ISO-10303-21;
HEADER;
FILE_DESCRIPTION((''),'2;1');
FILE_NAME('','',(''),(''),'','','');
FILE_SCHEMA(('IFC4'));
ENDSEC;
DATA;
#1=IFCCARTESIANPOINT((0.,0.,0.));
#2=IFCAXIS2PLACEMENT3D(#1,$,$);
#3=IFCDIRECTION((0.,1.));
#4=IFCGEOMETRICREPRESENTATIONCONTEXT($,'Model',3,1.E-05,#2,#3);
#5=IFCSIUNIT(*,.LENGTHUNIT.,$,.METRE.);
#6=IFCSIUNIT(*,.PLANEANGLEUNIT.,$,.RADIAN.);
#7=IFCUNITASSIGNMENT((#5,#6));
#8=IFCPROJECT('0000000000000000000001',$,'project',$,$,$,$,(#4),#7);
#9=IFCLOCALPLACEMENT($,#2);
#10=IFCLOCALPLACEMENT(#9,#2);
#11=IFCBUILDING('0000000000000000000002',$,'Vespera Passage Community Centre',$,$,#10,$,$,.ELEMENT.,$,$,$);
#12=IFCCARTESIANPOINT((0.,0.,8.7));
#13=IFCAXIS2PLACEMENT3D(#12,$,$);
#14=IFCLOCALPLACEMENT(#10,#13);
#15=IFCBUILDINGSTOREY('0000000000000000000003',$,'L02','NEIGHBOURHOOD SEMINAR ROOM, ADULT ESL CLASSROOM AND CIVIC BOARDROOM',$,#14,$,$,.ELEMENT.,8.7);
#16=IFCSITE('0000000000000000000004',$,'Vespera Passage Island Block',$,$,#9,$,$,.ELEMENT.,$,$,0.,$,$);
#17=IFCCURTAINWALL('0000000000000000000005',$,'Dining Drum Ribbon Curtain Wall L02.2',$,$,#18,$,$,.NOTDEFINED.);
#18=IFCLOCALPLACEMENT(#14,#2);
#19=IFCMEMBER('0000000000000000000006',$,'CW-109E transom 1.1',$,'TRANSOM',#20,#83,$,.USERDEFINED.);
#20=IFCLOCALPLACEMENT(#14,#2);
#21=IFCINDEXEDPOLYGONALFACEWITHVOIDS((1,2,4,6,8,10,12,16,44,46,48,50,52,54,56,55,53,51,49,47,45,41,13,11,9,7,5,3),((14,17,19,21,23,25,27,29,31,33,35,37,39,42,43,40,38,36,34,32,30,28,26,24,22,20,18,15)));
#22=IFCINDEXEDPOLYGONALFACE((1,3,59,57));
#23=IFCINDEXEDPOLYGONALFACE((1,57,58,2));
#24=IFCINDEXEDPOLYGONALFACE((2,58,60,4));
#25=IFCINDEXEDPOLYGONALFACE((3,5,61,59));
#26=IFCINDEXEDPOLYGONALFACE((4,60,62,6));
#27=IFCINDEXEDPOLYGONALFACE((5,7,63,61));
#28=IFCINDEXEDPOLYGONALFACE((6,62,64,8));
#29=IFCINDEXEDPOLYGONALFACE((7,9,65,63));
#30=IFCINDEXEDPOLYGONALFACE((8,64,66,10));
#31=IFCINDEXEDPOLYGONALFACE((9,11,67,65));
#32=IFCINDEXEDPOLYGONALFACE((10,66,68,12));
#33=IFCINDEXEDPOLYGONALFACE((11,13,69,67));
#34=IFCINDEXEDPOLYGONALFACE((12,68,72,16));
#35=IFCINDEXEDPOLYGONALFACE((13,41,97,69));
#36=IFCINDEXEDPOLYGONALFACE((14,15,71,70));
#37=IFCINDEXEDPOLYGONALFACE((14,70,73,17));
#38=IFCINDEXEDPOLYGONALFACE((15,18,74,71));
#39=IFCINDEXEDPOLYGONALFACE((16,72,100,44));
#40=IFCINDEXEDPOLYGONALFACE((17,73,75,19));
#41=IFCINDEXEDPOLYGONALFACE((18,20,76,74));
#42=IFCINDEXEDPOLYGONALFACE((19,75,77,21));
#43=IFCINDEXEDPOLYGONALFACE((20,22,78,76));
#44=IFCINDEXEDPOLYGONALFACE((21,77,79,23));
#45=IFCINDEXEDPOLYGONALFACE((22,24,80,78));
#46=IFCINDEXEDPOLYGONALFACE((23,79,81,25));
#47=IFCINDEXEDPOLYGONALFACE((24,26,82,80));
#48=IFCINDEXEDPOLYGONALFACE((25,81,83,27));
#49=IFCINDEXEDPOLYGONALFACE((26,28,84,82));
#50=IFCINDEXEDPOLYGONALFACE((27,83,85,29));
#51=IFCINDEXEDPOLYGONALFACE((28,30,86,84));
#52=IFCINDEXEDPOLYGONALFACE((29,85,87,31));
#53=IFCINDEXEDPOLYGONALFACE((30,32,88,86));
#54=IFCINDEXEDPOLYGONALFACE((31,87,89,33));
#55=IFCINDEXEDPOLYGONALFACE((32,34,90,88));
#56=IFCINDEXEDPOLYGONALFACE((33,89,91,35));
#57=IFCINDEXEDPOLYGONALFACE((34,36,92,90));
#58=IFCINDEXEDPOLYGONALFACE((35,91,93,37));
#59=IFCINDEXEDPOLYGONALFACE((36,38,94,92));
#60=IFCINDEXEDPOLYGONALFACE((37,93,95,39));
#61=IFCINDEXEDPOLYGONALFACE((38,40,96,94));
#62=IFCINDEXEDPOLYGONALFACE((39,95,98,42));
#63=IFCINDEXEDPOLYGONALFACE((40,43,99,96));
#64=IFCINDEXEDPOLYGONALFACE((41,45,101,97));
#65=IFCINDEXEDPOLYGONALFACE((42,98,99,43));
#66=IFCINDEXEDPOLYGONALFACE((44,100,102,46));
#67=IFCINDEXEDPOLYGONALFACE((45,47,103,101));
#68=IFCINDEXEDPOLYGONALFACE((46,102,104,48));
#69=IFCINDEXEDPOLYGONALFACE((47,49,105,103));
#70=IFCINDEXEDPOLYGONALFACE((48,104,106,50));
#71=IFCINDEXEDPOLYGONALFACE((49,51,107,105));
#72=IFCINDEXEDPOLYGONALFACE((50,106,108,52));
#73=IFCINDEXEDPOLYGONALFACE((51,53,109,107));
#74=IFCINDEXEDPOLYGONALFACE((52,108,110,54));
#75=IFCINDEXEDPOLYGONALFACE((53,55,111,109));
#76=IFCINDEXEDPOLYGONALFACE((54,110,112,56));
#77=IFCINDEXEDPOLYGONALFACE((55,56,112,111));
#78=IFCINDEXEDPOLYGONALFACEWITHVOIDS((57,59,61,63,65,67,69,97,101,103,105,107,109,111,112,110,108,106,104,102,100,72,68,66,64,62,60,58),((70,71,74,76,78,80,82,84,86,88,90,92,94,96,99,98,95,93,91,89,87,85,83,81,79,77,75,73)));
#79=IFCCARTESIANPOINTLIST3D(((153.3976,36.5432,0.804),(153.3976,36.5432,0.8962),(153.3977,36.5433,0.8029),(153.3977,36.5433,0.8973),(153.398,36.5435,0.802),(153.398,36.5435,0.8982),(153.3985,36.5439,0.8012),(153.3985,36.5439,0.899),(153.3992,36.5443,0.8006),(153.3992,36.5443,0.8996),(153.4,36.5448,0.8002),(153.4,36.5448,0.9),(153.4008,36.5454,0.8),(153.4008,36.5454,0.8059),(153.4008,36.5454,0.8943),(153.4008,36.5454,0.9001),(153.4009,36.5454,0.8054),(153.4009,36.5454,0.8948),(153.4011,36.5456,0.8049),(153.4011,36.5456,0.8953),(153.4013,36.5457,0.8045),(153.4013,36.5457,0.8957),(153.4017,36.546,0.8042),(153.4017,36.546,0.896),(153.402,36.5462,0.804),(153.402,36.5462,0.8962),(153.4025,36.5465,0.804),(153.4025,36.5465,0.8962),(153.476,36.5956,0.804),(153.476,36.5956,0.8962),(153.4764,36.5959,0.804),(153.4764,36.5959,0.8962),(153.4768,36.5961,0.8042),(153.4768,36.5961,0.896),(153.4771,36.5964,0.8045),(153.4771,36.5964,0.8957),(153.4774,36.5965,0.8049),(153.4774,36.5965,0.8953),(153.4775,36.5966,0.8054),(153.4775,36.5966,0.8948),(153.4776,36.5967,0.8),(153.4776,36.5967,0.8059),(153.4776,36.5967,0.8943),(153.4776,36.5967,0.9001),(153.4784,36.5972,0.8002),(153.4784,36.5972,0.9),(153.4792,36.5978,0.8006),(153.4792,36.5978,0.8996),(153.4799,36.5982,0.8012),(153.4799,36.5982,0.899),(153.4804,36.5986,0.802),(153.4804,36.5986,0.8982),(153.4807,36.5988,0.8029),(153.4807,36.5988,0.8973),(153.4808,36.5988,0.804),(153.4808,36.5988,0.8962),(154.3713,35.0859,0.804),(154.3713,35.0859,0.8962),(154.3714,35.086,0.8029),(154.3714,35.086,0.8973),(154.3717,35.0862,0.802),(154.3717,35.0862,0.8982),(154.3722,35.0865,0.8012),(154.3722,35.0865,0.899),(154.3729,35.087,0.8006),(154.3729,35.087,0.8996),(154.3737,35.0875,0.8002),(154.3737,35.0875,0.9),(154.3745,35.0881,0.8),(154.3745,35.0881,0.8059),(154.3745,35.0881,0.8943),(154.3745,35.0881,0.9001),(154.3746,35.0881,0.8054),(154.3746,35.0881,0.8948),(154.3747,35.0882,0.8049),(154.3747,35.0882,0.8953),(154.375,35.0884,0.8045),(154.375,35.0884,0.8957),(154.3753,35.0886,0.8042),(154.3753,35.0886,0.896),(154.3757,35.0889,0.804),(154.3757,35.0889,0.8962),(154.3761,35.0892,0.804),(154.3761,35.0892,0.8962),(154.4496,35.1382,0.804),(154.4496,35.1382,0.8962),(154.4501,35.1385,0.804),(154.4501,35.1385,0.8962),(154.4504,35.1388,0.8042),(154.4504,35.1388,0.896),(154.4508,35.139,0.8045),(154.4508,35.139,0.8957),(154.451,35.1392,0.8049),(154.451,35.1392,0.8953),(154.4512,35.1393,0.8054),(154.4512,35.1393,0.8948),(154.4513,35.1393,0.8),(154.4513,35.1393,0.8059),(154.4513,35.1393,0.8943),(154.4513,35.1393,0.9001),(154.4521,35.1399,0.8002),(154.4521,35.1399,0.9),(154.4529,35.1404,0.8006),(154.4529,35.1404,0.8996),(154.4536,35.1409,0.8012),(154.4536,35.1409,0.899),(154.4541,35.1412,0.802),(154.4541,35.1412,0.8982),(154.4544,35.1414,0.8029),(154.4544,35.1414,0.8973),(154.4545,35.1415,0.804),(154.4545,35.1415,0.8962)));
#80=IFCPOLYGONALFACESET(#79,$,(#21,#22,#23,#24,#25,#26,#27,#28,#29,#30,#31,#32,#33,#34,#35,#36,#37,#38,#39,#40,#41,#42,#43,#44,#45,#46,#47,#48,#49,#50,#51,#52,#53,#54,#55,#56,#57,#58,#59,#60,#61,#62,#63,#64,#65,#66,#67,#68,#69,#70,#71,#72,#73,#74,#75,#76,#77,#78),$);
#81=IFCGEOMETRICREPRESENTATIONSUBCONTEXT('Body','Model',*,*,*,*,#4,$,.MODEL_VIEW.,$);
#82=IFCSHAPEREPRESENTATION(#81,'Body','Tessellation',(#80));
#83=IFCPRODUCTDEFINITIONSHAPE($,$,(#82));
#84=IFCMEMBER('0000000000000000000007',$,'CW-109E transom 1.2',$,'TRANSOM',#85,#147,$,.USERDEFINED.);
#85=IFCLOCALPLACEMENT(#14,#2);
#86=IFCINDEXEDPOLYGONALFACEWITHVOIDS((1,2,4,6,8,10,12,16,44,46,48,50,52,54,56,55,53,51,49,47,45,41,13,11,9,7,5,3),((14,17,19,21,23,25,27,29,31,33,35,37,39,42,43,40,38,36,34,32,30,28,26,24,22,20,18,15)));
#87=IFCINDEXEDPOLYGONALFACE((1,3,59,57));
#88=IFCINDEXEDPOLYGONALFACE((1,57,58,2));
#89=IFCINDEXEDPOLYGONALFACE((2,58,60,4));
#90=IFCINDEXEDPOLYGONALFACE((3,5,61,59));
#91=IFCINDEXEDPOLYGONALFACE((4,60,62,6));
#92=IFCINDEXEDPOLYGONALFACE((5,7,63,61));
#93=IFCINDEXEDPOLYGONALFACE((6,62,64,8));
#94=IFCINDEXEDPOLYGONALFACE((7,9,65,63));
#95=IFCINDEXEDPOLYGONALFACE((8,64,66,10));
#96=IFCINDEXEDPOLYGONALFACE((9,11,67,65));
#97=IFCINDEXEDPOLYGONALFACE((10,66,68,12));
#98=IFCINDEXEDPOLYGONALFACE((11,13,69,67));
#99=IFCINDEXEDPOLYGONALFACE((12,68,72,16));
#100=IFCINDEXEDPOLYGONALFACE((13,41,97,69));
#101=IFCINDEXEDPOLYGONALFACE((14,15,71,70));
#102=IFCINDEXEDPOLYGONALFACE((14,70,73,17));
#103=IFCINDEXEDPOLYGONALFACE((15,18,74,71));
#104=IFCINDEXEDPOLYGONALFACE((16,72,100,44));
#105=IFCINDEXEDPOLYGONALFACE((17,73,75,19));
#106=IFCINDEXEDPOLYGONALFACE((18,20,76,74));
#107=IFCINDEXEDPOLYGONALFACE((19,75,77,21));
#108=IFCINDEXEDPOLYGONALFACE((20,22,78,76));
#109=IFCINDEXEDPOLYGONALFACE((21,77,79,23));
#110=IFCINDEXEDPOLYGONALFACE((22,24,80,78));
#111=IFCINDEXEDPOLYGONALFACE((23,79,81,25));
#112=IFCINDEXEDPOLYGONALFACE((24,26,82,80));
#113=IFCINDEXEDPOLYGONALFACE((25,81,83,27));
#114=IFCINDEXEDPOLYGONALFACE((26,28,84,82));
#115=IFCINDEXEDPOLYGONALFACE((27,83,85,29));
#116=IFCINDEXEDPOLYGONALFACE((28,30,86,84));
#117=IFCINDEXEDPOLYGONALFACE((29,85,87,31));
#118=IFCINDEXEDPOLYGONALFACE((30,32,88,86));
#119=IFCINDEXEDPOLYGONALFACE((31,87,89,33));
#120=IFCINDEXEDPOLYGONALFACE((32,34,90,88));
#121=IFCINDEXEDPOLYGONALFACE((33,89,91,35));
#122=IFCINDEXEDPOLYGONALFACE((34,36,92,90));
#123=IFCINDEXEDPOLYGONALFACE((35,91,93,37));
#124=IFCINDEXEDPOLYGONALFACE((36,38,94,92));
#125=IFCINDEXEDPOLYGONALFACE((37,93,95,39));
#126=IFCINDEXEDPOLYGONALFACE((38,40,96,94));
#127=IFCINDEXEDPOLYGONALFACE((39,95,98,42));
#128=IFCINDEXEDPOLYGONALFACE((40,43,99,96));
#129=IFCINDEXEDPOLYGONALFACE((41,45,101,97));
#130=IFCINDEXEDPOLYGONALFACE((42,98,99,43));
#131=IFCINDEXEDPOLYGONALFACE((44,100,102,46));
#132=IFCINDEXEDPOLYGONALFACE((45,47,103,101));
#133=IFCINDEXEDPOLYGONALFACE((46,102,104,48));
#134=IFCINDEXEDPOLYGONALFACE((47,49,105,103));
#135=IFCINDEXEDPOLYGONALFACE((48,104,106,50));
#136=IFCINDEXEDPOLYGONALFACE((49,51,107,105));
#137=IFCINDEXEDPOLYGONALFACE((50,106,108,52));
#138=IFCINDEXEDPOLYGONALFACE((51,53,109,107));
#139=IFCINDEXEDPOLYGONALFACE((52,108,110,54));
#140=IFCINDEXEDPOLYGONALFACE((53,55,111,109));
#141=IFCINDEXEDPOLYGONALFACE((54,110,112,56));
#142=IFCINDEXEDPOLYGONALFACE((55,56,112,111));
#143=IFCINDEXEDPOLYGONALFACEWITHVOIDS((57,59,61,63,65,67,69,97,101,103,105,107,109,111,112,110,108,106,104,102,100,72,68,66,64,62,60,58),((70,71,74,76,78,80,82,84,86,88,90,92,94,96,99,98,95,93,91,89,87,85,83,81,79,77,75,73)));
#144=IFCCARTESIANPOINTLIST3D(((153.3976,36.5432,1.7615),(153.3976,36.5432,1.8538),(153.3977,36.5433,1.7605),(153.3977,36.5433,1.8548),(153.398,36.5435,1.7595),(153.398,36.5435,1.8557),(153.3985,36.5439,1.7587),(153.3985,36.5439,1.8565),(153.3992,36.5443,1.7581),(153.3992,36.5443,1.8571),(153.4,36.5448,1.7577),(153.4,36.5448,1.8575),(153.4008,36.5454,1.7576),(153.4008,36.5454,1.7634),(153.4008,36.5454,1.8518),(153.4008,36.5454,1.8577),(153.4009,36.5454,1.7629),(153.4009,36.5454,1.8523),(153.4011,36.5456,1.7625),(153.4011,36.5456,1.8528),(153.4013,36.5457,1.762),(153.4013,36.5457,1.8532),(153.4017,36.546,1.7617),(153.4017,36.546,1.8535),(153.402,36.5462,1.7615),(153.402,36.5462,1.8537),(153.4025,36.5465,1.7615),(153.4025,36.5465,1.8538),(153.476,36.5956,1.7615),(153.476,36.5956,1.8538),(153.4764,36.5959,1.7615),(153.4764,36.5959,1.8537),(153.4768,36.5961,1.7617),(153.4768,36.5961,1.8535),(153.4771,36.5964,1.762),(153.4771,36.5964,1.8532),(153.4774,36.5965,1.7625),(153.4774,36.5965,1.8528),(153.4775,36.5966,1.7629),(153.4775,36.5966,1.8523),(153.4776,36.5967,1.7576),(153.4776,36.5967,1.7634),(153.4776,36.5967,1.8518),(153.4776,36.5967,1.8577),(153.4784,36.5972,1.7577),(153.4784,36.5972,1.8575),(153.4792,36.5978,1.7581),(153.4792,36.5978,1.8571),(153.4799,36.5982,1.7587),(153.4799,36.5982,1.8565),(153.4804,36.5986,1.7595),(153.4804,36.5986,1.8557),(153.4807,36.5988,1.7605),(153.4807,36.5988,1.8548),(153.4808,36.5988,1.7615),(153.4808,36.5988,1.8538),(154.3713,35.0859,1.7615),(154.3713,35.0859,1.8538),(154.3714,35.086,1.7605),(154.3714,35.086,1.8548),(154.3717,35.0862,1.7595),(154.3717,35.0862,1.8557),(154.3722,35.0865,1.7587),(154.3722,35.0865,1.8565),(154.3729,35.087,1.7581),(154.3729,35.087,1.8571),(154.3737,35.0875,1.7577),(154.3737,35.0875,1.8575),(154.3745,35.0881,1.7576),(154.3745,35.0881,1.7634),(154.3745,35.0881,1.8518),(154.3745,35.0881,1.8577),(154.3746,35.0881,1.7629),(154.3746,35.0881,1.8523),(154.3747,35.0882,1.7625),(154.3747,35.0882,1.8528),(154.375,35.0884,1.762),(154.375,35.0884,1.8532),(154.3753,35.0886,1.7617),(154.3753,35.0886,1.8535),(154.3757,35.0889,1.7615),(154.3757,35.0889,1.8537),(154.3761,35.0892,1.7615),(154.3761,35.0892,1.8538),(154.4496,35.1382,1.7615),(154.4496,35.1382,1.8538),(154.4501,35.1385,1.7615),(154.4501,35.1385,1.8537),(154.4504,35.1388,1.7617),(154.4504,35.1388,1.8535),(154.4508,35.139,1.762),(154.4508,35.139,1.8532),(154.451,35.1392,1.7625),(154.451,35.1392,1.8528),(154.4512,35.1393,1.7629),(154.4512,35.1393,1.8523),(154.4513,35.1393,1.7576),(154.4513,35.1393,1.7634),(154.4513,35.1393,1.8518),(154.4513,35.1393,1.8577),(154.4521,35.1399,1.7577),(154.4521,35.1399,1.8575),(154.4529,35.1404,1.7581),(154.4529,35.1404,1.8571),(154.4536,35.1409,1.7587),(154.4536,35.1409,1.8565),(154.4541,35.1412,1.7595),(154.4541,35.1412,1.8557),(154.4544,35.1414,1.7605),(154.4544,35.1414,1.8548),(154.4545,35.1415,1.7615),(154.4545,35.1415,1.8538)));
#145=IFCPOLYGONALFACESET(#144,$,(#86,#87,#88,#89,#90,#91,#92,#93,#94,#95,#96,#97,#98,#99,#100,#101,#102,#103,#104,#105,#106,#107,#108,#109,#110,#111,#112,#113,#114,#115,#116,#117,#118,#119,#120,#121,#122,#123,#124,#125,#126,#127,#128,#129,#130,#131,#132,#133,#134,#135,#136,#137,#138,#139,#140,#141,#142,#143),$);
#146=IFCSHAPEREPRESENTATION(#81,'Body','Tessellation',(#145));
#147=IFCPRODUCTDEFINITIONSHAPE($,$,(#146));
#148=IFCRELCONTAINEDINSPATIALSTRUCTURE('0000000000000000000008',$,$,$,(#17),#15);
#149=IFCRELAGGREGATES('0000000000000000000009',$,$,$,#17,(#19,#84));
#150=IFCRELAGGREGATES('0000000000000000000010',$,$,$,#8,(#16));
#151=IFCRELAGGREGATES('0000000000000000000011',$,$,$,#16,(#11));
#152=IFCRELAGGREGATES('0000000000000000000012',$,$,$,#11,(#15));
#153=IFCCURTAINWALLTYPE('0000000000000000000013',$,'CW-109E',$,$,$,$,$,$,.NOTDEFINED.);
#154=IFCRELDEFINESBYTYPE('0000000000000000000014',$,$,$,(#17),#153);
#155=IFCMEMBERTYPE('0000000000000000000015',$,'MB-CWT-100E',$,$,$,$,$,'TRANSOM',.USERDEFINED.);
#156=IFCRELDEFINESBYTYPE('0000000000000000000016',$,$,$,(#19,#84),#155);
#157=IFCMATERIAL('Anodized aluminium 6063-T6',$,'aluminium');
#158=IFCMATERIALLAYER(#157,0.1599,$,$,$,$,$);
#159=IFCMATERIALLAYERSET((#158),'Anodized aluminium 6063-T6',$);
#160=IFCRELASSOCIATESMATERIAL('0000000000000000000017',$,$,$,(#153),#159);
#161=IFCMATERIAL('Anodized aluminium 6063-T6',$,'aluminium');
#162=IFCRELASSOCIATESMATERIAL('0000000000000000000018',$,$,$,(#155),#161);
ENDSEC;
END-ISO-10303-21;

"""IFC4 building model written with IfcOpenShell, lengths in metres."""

from ifc_helpers import new_model, si_unit, direction, frame, origin, origin_2d, place, context, subcontext, project, spatial, hollow_rectangle, extrude, material, layer, layer_set, material_profile, profile_set, type_object, element, aggregate, save


model = new_model("IFC4")

# Units and contexts
model_context = context("Model", 3, precision=1e-05, world=origin(), true_north=direction((0.0, 1.0)))
body_context = subcontext(model_context, "Body", "Model", "MODEL_VIEW")
ifc_project = project(units=[si_unit("LENGTHUNIT", "METRE"), si_unit("PLANEANGLEUNIT", "RADIAN")], contexts=[model_context])

# Site, building, storey
site_placement = place(None, origin())
site = spatial("IfcSite", under=ifc_project, at=site_placement, Name="Vespera Passage Island Block", CompositionType="ELEMENT", RefElevation=0.0)
building_placement = place(site_placement, origin())
building = spatial("IfcBuilding", under=site, at=building_placement, Name="Vespera Passage Community Centre", CompositionType="ELEMENT")
storey_placement = place(building_placement, frame((0.0, 0.0, 8.7)))
storey = spatial("IfcBuildingStorey", under=building, at=storey_placement, Name="L02", Description="NEIGHBOURHOOD SEMINAR ROOM, ADULT ESL CLASSROOM AND CIVIC BOARDROOM", CompositionType="ELEMENT", Elevation=8.7)

# Curtain wall
ifc_material_1 = material(Name="Anodized aluminium 6063-T6", Category="aluminium")
ifc_layer_1 = layer(ifc_material_1, 0.1599)
ifc_layer_set_1 = layer_set([ifc_layer_1], Name="Anodized aluminium 6063-T6")
curtain_wall_type_1 = type_object("IfcCurtainWallType", Name="CW-109E", PredefinedType="NOTDEFINED", material=ifc_layer_set_1)
curtain_wall_1_placement = place(storey_placement, origin())
curtain_wall_1 = element("IfcCurtainWall", 1, at=curtain_wall_1_placement, inside=storey, type_object=curtain_wall_type_1, Name="Dining Drum Ribbon Curtain Wall L02.2", PredefinedType="NOTDEFINED")

# Members
ifc_material_2 = material(Name="Anodized aluminium 6063-T6", Category="aluminium")
ifc_material_profile_1 = material_profile(ifc_material_2, hollow_rectangle(XDim=0.1001, YDim=0.1001, WallThickness=0.0039, InnerFilletRadius=0.002, OuterFilletRadius=0.0039, at=origin_2d()), Name="ALU100X100X4")
ifc_profile_set_1 = profile_set([ifc_material_profile_1], Name="Anodized aluminium 6063-T6")
member_type_1 = type_object("IfcMemberType", Name="MB-CWT-100E", ElementType="TRANSOM", PredefinedType="USERDEFINED", material=ifc_profile_set_1)
member_1_placement = place(storey_placement, frame((153.4392, 36.571, 0.8501), z_axis=(0.555536, -0.831493, 0.0), x_axis=(0.831493, 0.555536, 0.0)))
member_1 = element("IfcMember", 2, at=member_1_placement, type_object=member_type_1, Name="CW-109E transom 1.1", ObjectType="TRANSOM", PredefinedType="USERDEFINED", context=body_context, shape_type="SweptSolid", body=[
    extrude(hollow_rectangle(XDim=0.1001, YDim=0.1001, WallThickness=0.0039, InnerFilletRadius=0.002, OuterFilletRadius=0.0039, at=origin_2d()), origin(), (0.0, 0.0, 1.0), 1.7527),
])
member_2_placement = place(storey_placement, frame((153.4392, 36.571, 1.8076), z_axis=(0.555536, -0.831493, 0.0), x_axis=(0.831493, 0.555536, 0.0)))
member_2 = element("IfcMember", 3, at=member_2_placement, type_object=member_type_1, Name="CW-109E transom 1.2", ObjectType="TRANSOM", PredefinedType="USERDEFINED", context=body_context, shape_type="SweptSolid", body=[
    extrude(hollow_rectangle(XDim=0.1001, YDim=0.1001, WallThickness=0.0039, InnerFilletRadius=0.002, OuterFilletRadius=0.0039, at=origin_2d()), origin(), (0.0, 0.0, 1.0), 1.7527),
])

aggregate(curtain_wall_1, [member_1, member_2])

save(model, "model.ifc")
